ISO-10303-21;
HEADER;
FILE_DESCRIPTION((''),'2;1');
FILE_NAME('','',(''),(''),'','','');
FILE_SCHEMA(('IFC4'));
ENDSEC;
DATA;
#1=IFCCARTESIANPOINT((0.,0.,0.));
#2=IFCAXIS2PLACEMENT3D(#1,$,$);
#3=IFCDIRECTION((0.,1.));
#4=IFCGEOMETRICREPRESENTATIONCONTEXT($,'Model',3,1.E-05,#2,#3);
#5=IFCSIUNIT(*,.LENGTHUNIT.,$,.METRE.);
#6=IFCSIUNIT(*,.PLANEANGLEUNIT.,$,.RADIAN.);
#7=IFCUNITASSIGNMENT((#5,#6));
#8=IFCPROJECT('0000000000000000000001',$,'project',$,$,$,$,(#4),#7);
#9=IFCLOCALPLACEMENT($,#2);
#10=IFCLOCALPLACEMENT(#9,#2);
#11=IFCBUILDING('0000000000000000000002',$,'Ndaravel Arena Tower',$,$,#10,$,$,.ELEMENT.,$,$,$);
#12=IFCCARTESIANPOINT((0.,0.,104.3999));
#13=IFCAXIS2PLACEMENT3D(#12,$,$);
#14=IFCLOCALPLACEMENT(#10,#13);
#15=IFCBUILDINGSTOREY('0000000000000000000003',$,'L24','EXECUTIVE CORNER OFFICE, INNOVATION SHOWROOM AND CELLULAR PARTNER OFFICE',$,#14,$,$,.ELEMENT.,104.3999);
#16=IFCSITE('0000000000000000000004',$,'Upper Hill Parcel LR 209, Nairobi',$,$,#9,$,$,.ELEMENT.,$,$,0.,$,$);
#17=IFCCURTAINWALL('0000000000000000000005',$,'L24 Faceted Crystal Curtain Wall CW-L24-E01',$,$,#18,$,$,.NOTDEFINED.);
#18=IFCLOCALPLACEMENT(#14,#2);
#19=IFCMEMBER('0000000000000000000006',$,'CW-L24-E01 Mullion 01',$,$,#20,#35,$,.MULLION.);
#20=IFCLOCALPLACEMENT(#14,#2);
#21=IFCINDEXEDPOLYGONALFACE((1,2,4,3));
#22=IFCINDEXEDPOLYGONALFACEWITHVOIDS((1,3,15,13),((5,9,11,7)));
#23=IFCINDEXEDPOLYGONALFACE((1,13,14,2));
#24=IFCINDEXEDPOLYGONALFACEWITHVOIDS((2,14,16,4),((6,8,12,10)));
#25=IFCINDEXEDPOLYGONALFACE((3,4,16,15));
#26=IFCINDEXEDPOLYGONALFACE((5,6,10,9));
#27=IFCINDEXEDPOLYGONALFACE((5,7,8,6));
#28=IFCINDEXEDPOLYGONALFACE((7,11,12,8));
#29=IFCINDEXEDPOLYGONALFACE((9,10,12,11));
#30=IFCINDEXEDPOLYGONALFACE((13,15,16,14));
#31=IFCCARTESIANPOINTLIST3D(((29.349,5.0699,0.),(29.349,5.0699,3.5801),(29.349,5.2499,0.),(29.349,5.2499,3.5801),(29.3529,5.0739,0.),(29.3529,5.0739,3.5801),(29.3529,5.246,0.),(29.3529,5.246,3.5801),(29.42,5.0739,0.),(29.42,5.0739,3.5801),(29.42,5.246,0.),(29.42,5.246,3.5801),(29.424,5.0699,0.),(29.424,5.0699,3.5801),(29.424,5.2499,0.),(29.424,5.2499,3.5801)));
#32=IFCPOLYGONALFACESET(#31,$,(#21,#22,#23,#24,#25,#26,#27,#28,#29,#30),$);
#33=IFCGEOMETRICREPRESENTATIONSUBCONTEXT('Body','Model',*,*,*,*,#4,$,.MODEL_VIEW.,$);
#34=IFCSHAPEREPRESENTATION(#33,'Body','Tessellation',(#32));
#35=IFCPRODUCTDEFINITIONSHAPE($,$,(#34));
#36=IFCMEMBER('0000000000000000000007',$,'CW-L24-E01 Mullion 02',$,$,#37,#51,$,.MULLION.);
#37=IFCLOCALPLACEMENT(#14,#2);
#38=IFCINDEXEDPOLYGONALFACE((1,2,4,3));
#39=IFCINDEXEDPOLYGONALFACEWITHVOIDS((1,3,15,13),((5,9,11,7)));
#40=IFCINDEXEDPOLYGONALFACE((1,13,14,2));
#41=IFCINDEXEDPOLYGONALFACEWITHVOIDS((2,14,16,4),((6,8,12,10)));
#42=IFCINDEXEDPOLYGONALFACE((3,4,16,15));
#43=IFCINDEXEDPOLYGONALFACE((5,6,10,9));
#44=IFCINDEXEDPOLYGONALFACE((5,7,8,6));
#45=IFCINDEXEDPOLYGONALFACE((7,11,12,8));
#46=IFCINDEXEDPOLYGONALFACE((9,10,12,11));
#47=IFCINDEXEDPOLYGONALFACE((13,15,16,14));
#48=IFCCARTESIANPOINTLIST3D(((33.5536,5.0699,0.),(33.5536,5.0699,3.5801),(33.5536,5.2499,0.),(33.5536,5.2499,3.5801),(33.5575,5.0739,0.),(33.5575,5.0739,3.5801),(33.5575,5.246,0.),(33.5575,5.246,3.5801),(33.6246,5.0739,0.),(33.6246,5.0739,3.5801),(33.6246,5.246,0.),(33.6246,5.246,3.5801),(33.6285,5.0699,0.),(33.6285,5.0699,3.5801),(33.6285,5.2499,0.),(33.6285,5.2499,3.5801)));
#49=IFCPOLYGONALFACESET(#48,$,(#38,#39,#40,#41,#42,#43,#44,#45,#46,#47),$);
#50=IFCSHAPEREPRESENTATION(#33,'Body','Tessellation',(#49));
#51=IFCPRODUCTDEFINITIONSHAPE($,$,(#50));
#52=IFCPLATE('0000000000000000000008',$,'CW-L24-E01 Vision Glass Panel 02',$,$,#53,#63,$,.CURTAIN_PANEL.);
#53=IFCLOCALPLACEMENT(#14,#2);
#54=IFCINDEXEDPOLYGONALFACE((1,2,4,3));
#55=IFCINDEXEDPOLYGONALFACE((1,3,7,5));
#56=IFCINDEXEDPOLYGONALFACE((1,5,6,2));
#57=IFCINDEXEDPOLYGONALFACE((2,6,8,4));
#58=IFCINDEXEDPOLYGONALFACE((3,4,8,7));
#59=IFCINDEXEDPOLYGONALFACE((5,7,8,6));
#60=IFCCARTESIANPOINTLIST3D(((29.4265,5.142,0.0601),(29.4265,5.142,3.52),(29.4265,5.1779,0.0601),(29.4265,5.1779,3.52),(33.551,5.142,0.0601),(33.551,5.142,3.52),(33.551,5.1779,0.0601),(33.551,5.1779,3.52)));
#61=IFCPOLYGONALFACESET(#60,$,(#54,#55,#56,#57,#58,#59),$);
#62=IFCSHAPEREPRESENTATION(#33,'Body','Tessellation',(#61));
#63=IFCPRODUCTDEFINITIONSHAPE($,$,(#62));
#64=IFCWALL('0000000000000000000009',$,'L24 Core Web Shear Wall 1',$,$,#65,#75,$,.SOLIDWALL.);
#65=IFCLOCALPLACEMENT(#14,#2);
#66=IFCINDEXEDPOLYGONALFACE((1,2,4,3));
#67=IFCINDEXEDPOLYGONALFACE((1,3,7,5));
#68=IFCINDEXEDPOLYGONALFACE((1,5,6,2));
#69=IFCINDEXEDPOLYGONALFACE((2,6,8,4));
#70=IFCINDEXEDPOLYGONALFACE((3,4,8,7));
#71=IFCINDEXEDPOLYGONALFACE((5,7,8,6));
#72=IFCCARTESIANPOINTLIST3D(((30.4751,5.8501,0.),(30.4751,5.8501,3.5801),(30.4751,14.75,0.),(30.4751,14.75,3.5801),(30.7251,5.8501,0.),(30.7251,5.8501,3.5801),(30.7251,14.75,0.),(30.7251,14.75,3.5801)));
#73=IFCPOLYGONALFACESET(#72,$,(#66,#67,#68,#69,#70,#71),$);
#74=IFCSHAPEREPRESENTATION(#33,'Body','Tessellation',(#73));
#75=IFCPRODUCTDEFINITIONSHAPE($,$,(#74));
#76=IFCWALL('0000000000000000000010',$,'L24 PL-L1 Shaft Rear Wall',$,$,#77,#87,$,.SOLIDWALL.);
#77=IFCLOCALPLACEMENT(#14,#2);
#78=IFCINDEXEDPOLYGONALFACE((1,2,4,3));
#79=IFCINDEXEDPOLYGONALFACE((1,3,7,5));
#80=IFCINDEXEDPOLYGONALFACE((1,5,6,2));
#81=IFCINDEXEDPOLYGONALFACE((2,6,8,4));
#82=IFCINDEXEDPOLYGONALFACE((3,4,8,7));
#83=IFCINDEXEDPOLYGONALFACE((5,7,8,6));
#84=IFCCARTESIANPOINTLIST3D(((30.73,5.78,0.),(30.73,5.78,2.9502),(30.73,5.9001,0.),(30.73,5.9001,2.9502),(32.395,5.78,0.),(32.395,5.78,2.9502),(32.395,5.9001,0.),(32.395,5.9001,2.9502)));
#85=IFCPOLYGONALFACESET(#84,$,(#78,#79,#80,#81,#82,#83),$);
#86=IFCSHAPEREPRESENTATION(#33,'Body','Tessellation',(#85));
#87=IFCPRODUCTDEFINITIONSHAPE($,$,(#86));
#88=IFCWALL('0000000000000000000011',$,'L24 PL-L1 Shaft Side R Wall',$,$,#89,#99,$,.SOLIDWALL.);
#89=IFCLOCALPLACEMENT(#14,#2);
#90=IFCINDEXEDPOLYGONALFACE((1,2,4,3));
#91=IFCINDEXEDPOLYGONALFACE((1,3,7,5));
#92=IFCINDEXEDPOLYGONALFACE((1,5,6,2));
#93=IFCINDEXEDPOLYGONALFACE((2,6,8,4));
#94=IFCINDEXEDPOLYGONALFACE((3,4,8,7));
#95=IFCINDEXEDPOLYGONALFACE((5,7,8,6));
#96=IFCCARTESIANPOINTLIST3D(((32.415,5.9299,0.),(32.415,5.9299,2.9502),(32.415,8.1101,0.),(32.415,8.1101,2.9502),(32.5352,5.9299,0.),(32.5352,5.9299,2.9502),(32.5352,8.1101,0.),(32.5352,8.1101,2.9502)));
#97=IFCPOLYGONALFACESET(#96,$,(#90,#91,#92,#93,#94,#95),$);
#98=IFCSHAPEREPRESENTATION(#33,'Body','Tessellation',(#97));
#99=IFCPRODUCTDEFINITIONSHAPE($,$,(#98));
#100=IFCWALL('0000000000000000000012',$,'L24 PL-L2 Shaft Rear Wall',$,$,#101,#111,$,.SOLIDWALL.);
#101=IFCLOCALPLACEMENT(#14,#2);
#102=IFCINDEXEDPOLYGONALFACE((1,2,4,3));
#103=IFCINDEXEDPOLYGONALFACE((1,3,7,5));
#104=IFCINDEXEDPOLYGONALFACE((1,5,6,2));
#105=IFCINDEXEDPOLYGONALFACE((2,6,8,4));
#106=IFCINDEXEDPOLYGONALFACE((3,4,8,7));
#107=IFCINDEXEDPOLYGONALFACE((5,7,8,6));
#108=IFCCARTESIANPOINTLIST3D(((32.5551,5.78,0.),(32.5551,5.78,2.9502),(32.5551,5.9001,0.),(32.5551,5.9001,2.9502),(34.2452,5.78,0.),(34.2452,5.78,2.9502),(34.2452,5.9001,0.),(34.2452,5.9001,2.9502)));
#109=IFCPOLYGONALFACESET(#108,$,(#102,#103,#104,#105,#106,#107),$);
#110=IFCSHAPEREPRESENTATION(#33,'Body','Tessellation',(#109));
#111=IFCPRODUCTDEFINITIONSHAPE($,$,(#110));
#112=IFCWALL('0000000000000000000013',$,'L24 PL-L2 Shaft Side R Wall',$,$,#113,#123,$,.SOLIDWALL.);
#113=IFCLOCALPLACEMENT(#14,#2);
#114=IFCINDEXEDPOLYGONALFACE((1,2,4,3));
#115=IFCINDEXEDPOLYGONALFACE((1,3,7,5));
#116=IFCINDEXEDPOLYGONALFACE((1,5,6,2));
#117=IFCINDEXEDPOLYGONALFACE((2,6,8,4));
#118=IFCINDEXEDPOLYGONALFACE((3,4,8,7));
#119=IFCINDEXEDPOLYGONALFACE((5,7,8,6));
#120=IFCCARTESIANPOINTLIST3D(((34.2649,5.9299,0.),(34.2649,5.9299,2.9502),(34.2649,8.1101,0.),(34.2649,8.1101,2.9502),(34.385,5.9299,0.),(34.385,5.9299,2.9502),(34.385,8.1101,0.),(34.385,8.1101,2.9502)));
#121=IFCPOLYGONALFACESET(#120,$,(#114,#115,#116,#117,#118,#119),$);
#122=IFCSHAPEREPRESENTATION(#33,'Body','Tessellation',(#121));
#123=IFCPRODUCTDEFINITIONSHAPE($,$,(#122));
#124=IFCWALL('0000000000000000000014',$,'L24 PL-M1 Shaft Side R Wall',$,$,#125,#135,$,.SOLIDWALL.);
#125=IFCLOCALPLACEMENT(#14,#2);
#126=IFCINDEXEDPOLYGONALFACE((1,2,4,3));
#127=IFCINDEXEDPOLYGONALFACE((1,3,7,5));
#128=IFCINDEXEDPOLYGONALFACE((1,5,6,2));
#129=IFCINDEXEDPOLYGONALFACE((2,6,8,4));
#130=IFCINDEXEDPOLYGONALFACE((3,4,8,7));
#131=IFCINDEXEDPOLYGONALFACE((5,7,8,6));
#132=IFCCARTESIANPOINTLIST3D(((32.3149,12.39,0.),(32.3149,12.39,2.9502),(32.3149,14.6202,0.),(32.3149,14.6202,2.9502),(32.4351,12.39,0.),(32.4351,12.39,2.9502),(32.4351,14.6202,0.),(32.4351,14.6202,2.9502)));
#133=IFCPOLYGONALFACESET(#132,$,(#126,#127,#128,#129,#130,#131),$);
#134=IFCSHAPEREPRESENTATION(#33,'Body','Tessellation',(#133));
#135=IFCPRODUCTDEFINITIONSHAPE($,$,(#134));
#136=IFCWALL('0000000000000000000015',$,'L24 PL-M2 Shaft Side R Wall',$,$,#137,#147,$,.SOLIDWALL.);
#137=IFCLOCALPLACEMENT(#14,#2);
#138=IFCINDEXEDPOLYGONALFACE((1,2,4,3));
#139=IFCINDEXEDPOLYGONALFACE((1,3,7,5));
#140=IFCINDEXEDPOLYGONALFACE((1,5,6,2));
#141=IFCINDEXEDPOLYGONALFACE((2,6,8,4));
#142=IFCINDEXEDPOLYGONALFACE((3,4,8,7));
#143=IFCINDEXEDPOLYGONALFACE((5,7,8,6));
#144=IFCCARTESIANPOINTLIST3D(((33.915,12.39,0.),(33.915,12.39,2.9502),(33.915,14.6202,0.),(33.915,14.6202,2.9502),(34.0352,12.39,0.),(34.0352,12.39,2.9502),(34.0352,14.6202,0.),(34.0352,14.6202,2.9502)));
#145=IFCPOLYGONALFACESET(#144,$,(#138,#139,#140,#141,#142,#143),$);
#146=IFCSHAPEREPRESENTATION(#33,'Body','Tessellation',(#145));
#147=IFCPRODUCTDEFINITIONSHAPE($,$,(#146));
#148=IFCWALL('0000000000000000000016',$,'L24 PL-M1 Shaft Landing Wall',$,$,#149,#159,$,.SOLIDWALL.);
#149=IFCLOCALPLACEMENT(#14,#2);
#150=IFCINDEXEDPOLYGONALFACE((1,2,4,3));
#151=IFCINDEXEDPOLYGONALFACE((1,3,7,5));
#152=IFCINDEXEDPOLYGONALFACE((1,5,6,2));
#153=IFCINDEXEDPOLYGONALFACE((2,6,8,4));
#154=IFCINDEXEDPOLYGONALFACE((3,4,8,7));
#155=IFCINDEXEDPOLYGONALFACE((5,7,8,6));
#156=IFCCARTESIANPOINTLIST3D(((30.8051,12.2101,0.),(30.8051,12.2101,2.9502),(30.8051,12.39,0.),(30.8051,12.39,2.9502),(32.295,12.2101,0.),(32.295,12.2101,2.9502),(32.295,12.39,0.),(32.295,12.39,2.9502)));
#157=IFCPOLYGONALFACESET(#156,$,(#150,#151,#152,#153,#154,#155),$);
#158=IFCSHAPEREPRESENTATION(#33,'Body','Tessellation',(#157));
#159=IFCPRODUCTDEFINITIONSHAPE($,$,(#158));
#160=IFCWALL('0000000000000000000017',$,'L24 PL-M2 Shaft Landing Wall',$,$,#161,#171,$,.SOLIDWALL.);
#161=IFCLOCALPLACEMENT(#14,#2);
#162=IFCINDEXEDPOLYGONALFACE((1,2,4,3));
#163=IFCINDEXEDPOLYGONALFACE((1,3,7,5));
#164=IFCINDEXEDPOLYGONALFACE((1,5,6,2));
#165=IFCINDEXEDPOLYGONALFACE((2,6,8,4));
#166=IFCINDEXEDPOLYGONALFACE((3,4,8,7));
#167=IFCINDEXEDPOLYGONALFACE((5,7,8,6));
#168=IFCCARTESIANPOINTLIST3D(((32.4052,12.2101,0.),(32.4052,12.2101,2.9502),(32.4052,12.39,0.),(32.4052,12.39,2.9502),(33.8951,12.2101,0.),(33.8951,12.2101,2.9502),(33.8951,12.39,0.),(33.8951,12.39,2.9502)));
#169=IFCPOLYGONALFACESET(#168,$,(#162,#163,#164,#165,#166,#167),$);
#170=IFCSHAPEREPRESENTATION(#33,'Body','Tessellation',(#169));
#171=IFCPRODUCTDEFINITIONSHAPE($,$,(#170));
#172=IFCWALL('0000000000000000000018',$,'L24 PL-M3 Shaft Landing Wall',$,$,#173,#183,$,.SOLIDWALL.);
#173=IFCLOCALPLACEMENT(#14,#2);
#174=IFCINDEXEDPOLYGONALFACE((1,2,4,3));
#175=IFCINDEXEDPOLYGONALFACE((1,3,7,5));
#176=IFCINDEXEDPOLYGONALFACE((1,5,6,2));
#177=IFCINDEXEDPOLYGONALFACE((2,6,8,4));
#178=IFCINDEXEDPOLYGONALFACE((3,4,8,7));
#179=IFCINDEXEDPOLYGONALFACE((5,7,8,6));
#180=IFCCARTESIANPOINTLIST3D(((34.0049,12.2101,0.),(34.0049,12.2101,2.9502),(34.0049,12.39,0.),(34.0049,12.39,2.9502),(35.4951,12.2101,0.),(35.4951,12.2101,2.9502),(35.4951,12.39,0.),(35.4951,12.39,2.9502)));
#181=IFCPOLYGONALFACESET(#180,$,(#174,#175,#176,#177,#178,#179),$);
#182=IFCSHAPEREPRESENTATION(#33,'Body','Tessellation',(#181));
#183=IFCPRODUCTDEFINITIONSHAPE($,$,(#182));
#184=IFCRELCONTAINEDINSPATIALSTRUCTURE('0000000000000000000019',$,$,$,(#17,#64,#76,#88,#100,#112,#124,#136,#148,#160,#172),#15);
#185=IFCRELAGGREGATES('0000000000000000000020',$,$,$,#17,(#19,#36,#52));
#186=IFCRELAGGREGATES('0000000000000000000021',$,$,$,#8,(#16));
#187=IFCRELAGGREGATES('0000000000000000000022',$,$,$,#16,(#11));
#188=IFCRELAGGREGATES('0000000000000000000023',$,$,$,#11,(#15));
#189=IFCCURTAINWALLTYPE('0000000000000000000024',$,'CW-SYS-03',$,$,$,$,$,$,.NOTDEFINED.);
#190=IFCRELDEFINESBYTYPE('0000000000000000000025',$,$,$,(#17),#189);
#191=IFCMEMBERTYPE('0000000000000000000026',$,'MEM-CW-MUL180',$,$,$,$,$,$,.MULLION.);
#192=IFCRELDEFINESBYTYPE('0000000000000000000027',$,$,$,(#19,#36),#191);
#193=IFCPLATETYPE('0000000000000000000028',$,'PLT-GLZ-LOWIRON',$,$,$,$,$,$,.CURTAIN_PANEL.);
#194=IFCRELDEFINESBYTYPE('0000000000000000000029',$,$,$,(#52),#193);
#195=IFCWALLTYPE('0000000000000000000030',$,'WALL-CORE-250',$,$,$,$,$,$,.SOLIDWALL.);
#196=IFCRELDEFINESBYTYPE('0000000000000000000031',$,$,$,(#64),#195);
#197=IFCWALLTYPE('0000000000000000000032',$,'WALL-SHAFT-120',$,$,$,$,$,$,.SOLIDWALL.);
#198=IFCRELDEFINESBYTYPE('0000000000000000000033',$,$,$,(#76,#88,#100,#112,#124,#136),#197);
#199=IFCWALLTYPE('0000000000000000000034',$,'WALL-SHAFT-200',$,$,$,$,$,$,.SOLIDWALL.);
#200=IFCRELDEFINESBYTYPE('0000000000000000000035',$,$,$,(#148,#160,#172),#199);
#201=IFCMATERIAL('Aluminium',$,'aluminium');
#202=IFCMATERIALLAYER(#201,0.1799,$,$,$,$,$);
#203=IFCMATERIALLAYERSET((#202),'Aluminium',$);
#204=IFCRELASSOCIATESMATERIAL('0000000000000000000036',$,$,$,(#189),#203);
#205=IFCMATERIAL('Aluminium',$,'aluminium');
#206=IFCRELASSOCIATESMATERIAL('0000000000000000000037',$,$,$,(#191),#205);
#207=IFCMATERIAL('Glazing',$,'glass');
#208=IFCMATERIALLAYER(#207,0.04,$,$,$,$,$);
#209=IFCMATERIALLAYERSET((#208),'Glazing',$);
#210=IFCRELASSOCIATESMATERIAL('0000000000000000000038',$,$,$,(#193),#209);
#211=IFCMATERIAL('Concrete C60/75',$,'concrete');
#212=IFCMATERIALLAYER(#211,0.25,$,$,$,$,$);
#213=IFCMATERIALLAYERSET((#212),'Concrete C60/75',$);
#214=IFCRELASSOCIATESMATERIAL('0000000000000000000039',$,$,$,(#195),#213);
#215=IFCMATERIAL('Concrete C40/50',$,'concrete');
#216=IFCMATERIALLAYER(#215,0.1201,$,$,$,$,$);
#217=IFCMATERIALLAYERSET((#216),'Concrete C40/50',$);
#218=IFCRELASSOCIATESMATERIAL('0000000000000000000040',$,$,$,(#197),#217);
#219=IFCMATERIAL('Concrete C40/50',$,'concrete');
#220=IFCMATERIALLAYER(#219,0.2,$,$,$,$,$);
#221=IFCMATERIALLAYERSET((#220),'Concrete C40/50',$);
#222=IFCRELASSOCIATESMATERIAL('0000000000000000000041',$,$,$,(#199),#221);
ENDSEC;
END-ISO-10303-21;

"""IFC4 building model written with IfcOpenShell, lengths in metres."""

from ifc_helpers import new_model, si_unit, direction, frame, frame_2d, origin, origin_2d, place, context, subcontext, project, spatial, rectangle, hollow_rectangle, extrude, material, layer, layer_set, material_profile, profile_set, type_object, element, aggregate, save


model = new_model("IFC4")

# Units and contexts
model_context = context("Model", 3, precision=1e-05, world=origin(), true_north=direction((0.0, 1.0)))
body_context = subcontext(model_context, "Body", "Model", "MODEL_VIEW")
ifc_project = project(units=[si_unit("LENGTHUNIT", "METRE"), si_unit("PLANEANGLEUNIT", "RADIAN")], contexts=[model_context])

# Site, building, storey
site_placement = place(None, origin())
site = spatial("IfcSite", under=ifc_project, at=site_placement, Name="Upper Hill Parcel LR 209, Nairobi", CompositionType="ELEMENT", RefElevation=0.0)
building_placement = place(site_placement, origin())
building = spatial("IfcBuilding", under=site, at=building_placement, Name="Ndaravel Arena Tower", CompositionType="ELEMENT")
storey_placement = place(building_placement, frame((0.0, 0.0, 104.3999)))
storey = spatial("IfcBuildingStorey", under=building, at=storey_placement, Name="L24", Description="EXECUTIVE CORNER OFFICE, INNOVATION SHOWROOM AND CELLULAR PARTNER OFFICE", CompositionType="ELEMENT", Elevation=104.3999)

# Curtain wall, members, plate
ifc_material_1 = material(Name="Aluminium", Category="aluminium")
ifc_layer_1 = layer(ifc_material_1, 0.1799)
ifc_layer_set_1 = layer_set([ifc_layer_1], Name="Aluminium")
curtain_wall_type = type_object("IfcCurtainWallType", Name="CW-SYS-03", PredefinedType="NOTDEFINED", material=ifc_layer_set_1)
curtain_wall_placement = place(storey_placement, origin())
curtain_wall = element("IfcCurtainWall", 1, at=curtain_wall_placement, inside=storey, type_object=curtain_wall_type, Name="L24 Faceted Crystal Curtain Wall CW-L24-E01", PredefinedType="NOTDEFINED")
ifc_material_2 = material(Name="Aluminium", Category="aluminium")
ifc_material_profile = material_profile(ifc_material_2, hollow_rectangle(XDim=0.075, YDim=0.1799, WallThickness=0.0039, at=origin_2d()), Name="CW MULLION 75x180x4")
ifc_profile_set = profile_set([ifc_material_profile], Name="Aluminium")
member_type = type_object("IfcMemberType", Name="MEM-CW-MUL180", PredefinedType="MULLION", material=ifc_profile_set)
member_1_placement = place(storey_placement, frame((29.3865, 5.1599, 0.0), z_axis=(0.0, 0.0, 1.0), x_axis=(1.0, 0.0, 0.0)))
member_1 = element("IfcMember", 2, at=member_1_placement, type_object=member_type, Name="CW-L24-E01 Mullion 01", PredefinedType="MULLION", context=body_context, shape_type="SweptSolid", body=[
    extrude(hollow_rectangle(XDim=0.075, YDim=0.1799, WallThickness=0.0039, at=origin_2d()), origin(), (0.0, 0.0, 1.0), 3.5801),
])
member_2_placement = place(storey_placement, frame((33.5911, 5.1599, 0.0), z_axis=(0.0, 0.0, 1.0), x_axis=(1.0, 0.0, 0.0)))
member_2 = element("IfcMember", 3, at=member_2_placement, type_object=member_type, Name="CW-L24-E01 Mullion 02", PredefinedType="MULLION", context=body_context, shape_type="SweptSolid", body=[
    extrude(hollow_rectangle(XDim=0.075, YDim=0.1799, WallThickness=0.0039, at=origin_2d()), origin(), (0.0, 0.0, 1.0), 3.5801),
])
ifc_material_3 = material(Name="Glazing", Category="glass")
ifc_layer_2 = layer(ifc_material_3, 0.04)
ifc_layer_set_2 = layer_set([ifc_layer_2], Name="Glazing")
plate_type = type_object("IfcPlateType", Name="PLT-GLZ-LOWIRON", PredefinedType="CURTAIN_PANEL", material=ifc_layer_set_2)
plate_placement = place(storey_placement, frame((31.4888, 5.1599, 0.0601), z_axis=(0.0, 0.0, 1.0), x_axis=(1.0, 0.0, 0.0)))
plate = element("IfcPlate", 4, at=plate_placement, type_object=plate_type, Name="CW-L24-E01 Vision Glass Panel 02", PredefinedType="CURTAIN_PANEL", context=body_context, shape_type="SweptSolid", body=[
    extrude(rectangle(XDim=4.1245, YDim=0.0359, at=origin_2d()), origin(), (0.0, 0.0, 1.0), 3.46),
])
aggregate(curtain_wall, [member_1, member_2, plate])

# Walls
ifc_material_4 = material(Name="Concrete C60/75", Category="concrete")
ifc_layer_3 = layer(ifc_material_4, 0.25)
ifc_layer_set_3 = layer_set([ifc_layer_3], Name="Concrete C60/75")
wall_type_1 = type_object("IfcWallType", Name="WALL-CORE-250", PredefinedType="SOLIDWALL", material=ifc_layer_set_3)
wall_1_placement = place(storey_placement, frame((30.6001, 5.8501, 0.0), z_axis=(0.0, 0.0, 1.0), x_axis=(0.0, 1.0, 0.0)))
element("IfcWall", 5, at=wall_1_placement, inside=storey, type_object=wall_type_1, Name="L24 Core Web Shear Wall 1", PredefinedType="SOLIDWALL", context=body_context, shape_type="SweptSolid", body=[
    extrude(rectangle(XDim=8.8999, YDim=0.25, at=frame_2d((4.45, 0.0))), origin(), (0.0, 0.0, 1.0), 3.5801),
])
ifc_material_5 = material(Name="Concrete C40/50", Category="concrete")
ifc_layer_4 = layer(ifc_material_5, 0.1201)
ifc_layer_set_4 = layer_set([ifc_layer_4], Name="Concrete C40/50")
wall_type_2 = type_object("IfcWallType", Name="WALL-SHAFT-120", PredefinedType="SOLIDWALL", material=ifc_layer_set_4)
wall_2_placement = place(storey_placement, frame((30.73, 5.8401, 0.0), z_axis=(0.0, 0.0, 1.0), x_axis=(1.0, 0.0, 0.0)))
element("IfcWall", 6, at=wall_2_placement, inside=storey, type_object=wall_type_2, Name="L24 PL-L1 Shaft Rear Wall", PredefinedType="SOLIDWALL", context=body_context, shape_type="SweptSolid", body=[
    extrude(rectangle(XDim=1.665, YDim=0.1201, at=frame_2d((0.8325, 0.0))), origin(), (0.0, 0.0, 1.0), 2.9502),
])
wall_3_placement = place(storey_placement, frame((32.4751, 5.9299, 0.0), z_axis=(0.0, 0.0, 1.0), x_axis=(0.0, 1.0, 0.0)))
element("IfcWall", 7, at=wall_3_placement, inside=storey, type_object=wall_type_2, Name="L24 PL-L1 Shaft Side R Wall", PredefinedType="SOLIDWALL", context=body_context, shape_type="SweptSolid", body=[
    extrude(rectangle(XDim=2.1802, YDim=0.1201, at=frame_2d((1.0901, 0.0))), origin(), (0.0, 0.0, 1.0), 2.9502),
])
wall_4_placement = place(storey_placement, frame((32.5549, 5.8401, 0.0), z_axis=(0.0, 0.0, 1.0), x_axis=(1.0, 0.0, 0.0)))
element("IfcWall", 8, at=wall_4_placement, inside=storey, type_object=wall_type_2, Name="L24 PL-L2 Shaft Rear Wall", PredefinedType="SOLIDWALL", context=body_context, shape_type="SweptSolid", body=[
    extrude(rectangle(XDim=1.6902, YDim=0.1201, at=frame_2d((0.8452, 0.0))), origin(), (0.0, 0.0, 1.0), 2.9502),
])
wall_5_placement = place(storey_placement, frame((34.325, 5.9299, 0.0), z_axis=(0.0, 0.0, 1.0), x_axis=(0.0, 1.0, 0.0)))
element("IfcWall", 9, at=wall_5_placement, inside=storey, type_object=wall_type_2, Name="L24 PL-L2 Shaft Side R Wall", PredefinedType="SOLIDWALL", context=body_context, shape_type="SweptSolid", body=[
    extrude(rectangle(XDim=2.1802, YDim=0.1201, at=frame_2d((1.0901, 0.0))), origin(), (0.0, 0.0, 1.0), 2.9502),
])
for number, where, z_axis, x_axis, name in (
    (10, (32.375, 12.3899, 0.0), (0.0, 0.0, 1.0), (0.0, 1.0, 0.0), "L24 PL-M1 Shaft Side R Wall"),
    (11, (33.9751, 12.3899, 0.0), (0.0, 0.0, 1.0), (0.0, 1.0, 0.0), "L24 PL-M2 Shaft Side R Wall"),
):
    element("IfcWall", number, at=place(storey_placement, frame(where, z_axis=z_axis, x_axis=x_axis)), inside=storey, type_object=wall_type_2, Name=name, PredefinedType="SOLIDWALL", context=body_context, shape_type="SweptSolid", body=[
        extrude(rectangle(XDim=2.2302, YDim=0.1201, at=frame_2d((1.1152, 0.0))), origin(), (0.0, 0.0, 1.0), 2.9502),
    ])

# Shared definitions
ifc_material_6 = material(Name="Concrete C40/50", Category="concrete")
ifc_layer_5 = layer(ifc_material_6, 0.2)
ifc_layer_set_5 = layer_set([ifc_layer_5], Name="Concrete C40/50")
wall_type_3 = type_object("IfcWallType", Name="WALL-SHAFT-200", PredefinedType="SOLIDWALL", material=ifc_layer_set_5)

# Walls
for number, where, z_axis, x_axis, name in (
    (12, (30.8049, 12.3, 0.0), (0.0, 0.0, 1.0), (1.0, 0.0, 0.0), "L24 PL-M1 Shaft Landing Wall"),
    (13, (32.405, 12.3, 0.0), (0.0, 0.0, 1.0), (1.0, 0.0, 0.0), "L24 PL-M2 Shaft Landing Wall"),
):
    element("IfcWall", number, at=place(storey_placement, frame(where, z_axis=z_axis, x_axis=x_axis)), inside=storey, type_object=wall_type_3, Name=name, PredefinedType="SOLIDWALL", context=body_context, shape_type="SweptSolid", body=[
        extrude(rectangle(XDim=1.49, YDim=0.1799, at=frame_2d((0.7451, 0.0))), origin(), (0.0, 0.0, 1.0), 2.9502),
    ])
wall_6_placement = place(storey_placement, frame((34.0049, 12.3, 0.0), z_axis=(0.0, 0.0, 1.0), x_axis=(1.0, 0.0, 0.0)))
element("IfcWall", 14, at=wall_6_placement, inside=storey, type_object=wall_type_3, Name="L24 PL-M3 Shaft Landing Wall", PredefinedType="SOLIDWALL", context=body_context, shape_type="SweptSolid", body=[
    extrude(rectangle(XDim=1.4902, YDim=0.1799, at=frame_2d((0.7451, 0.0))), origin(), (0.0, 0.0, 1.0), 2.9502),
])

save(model, "model.ifc")
